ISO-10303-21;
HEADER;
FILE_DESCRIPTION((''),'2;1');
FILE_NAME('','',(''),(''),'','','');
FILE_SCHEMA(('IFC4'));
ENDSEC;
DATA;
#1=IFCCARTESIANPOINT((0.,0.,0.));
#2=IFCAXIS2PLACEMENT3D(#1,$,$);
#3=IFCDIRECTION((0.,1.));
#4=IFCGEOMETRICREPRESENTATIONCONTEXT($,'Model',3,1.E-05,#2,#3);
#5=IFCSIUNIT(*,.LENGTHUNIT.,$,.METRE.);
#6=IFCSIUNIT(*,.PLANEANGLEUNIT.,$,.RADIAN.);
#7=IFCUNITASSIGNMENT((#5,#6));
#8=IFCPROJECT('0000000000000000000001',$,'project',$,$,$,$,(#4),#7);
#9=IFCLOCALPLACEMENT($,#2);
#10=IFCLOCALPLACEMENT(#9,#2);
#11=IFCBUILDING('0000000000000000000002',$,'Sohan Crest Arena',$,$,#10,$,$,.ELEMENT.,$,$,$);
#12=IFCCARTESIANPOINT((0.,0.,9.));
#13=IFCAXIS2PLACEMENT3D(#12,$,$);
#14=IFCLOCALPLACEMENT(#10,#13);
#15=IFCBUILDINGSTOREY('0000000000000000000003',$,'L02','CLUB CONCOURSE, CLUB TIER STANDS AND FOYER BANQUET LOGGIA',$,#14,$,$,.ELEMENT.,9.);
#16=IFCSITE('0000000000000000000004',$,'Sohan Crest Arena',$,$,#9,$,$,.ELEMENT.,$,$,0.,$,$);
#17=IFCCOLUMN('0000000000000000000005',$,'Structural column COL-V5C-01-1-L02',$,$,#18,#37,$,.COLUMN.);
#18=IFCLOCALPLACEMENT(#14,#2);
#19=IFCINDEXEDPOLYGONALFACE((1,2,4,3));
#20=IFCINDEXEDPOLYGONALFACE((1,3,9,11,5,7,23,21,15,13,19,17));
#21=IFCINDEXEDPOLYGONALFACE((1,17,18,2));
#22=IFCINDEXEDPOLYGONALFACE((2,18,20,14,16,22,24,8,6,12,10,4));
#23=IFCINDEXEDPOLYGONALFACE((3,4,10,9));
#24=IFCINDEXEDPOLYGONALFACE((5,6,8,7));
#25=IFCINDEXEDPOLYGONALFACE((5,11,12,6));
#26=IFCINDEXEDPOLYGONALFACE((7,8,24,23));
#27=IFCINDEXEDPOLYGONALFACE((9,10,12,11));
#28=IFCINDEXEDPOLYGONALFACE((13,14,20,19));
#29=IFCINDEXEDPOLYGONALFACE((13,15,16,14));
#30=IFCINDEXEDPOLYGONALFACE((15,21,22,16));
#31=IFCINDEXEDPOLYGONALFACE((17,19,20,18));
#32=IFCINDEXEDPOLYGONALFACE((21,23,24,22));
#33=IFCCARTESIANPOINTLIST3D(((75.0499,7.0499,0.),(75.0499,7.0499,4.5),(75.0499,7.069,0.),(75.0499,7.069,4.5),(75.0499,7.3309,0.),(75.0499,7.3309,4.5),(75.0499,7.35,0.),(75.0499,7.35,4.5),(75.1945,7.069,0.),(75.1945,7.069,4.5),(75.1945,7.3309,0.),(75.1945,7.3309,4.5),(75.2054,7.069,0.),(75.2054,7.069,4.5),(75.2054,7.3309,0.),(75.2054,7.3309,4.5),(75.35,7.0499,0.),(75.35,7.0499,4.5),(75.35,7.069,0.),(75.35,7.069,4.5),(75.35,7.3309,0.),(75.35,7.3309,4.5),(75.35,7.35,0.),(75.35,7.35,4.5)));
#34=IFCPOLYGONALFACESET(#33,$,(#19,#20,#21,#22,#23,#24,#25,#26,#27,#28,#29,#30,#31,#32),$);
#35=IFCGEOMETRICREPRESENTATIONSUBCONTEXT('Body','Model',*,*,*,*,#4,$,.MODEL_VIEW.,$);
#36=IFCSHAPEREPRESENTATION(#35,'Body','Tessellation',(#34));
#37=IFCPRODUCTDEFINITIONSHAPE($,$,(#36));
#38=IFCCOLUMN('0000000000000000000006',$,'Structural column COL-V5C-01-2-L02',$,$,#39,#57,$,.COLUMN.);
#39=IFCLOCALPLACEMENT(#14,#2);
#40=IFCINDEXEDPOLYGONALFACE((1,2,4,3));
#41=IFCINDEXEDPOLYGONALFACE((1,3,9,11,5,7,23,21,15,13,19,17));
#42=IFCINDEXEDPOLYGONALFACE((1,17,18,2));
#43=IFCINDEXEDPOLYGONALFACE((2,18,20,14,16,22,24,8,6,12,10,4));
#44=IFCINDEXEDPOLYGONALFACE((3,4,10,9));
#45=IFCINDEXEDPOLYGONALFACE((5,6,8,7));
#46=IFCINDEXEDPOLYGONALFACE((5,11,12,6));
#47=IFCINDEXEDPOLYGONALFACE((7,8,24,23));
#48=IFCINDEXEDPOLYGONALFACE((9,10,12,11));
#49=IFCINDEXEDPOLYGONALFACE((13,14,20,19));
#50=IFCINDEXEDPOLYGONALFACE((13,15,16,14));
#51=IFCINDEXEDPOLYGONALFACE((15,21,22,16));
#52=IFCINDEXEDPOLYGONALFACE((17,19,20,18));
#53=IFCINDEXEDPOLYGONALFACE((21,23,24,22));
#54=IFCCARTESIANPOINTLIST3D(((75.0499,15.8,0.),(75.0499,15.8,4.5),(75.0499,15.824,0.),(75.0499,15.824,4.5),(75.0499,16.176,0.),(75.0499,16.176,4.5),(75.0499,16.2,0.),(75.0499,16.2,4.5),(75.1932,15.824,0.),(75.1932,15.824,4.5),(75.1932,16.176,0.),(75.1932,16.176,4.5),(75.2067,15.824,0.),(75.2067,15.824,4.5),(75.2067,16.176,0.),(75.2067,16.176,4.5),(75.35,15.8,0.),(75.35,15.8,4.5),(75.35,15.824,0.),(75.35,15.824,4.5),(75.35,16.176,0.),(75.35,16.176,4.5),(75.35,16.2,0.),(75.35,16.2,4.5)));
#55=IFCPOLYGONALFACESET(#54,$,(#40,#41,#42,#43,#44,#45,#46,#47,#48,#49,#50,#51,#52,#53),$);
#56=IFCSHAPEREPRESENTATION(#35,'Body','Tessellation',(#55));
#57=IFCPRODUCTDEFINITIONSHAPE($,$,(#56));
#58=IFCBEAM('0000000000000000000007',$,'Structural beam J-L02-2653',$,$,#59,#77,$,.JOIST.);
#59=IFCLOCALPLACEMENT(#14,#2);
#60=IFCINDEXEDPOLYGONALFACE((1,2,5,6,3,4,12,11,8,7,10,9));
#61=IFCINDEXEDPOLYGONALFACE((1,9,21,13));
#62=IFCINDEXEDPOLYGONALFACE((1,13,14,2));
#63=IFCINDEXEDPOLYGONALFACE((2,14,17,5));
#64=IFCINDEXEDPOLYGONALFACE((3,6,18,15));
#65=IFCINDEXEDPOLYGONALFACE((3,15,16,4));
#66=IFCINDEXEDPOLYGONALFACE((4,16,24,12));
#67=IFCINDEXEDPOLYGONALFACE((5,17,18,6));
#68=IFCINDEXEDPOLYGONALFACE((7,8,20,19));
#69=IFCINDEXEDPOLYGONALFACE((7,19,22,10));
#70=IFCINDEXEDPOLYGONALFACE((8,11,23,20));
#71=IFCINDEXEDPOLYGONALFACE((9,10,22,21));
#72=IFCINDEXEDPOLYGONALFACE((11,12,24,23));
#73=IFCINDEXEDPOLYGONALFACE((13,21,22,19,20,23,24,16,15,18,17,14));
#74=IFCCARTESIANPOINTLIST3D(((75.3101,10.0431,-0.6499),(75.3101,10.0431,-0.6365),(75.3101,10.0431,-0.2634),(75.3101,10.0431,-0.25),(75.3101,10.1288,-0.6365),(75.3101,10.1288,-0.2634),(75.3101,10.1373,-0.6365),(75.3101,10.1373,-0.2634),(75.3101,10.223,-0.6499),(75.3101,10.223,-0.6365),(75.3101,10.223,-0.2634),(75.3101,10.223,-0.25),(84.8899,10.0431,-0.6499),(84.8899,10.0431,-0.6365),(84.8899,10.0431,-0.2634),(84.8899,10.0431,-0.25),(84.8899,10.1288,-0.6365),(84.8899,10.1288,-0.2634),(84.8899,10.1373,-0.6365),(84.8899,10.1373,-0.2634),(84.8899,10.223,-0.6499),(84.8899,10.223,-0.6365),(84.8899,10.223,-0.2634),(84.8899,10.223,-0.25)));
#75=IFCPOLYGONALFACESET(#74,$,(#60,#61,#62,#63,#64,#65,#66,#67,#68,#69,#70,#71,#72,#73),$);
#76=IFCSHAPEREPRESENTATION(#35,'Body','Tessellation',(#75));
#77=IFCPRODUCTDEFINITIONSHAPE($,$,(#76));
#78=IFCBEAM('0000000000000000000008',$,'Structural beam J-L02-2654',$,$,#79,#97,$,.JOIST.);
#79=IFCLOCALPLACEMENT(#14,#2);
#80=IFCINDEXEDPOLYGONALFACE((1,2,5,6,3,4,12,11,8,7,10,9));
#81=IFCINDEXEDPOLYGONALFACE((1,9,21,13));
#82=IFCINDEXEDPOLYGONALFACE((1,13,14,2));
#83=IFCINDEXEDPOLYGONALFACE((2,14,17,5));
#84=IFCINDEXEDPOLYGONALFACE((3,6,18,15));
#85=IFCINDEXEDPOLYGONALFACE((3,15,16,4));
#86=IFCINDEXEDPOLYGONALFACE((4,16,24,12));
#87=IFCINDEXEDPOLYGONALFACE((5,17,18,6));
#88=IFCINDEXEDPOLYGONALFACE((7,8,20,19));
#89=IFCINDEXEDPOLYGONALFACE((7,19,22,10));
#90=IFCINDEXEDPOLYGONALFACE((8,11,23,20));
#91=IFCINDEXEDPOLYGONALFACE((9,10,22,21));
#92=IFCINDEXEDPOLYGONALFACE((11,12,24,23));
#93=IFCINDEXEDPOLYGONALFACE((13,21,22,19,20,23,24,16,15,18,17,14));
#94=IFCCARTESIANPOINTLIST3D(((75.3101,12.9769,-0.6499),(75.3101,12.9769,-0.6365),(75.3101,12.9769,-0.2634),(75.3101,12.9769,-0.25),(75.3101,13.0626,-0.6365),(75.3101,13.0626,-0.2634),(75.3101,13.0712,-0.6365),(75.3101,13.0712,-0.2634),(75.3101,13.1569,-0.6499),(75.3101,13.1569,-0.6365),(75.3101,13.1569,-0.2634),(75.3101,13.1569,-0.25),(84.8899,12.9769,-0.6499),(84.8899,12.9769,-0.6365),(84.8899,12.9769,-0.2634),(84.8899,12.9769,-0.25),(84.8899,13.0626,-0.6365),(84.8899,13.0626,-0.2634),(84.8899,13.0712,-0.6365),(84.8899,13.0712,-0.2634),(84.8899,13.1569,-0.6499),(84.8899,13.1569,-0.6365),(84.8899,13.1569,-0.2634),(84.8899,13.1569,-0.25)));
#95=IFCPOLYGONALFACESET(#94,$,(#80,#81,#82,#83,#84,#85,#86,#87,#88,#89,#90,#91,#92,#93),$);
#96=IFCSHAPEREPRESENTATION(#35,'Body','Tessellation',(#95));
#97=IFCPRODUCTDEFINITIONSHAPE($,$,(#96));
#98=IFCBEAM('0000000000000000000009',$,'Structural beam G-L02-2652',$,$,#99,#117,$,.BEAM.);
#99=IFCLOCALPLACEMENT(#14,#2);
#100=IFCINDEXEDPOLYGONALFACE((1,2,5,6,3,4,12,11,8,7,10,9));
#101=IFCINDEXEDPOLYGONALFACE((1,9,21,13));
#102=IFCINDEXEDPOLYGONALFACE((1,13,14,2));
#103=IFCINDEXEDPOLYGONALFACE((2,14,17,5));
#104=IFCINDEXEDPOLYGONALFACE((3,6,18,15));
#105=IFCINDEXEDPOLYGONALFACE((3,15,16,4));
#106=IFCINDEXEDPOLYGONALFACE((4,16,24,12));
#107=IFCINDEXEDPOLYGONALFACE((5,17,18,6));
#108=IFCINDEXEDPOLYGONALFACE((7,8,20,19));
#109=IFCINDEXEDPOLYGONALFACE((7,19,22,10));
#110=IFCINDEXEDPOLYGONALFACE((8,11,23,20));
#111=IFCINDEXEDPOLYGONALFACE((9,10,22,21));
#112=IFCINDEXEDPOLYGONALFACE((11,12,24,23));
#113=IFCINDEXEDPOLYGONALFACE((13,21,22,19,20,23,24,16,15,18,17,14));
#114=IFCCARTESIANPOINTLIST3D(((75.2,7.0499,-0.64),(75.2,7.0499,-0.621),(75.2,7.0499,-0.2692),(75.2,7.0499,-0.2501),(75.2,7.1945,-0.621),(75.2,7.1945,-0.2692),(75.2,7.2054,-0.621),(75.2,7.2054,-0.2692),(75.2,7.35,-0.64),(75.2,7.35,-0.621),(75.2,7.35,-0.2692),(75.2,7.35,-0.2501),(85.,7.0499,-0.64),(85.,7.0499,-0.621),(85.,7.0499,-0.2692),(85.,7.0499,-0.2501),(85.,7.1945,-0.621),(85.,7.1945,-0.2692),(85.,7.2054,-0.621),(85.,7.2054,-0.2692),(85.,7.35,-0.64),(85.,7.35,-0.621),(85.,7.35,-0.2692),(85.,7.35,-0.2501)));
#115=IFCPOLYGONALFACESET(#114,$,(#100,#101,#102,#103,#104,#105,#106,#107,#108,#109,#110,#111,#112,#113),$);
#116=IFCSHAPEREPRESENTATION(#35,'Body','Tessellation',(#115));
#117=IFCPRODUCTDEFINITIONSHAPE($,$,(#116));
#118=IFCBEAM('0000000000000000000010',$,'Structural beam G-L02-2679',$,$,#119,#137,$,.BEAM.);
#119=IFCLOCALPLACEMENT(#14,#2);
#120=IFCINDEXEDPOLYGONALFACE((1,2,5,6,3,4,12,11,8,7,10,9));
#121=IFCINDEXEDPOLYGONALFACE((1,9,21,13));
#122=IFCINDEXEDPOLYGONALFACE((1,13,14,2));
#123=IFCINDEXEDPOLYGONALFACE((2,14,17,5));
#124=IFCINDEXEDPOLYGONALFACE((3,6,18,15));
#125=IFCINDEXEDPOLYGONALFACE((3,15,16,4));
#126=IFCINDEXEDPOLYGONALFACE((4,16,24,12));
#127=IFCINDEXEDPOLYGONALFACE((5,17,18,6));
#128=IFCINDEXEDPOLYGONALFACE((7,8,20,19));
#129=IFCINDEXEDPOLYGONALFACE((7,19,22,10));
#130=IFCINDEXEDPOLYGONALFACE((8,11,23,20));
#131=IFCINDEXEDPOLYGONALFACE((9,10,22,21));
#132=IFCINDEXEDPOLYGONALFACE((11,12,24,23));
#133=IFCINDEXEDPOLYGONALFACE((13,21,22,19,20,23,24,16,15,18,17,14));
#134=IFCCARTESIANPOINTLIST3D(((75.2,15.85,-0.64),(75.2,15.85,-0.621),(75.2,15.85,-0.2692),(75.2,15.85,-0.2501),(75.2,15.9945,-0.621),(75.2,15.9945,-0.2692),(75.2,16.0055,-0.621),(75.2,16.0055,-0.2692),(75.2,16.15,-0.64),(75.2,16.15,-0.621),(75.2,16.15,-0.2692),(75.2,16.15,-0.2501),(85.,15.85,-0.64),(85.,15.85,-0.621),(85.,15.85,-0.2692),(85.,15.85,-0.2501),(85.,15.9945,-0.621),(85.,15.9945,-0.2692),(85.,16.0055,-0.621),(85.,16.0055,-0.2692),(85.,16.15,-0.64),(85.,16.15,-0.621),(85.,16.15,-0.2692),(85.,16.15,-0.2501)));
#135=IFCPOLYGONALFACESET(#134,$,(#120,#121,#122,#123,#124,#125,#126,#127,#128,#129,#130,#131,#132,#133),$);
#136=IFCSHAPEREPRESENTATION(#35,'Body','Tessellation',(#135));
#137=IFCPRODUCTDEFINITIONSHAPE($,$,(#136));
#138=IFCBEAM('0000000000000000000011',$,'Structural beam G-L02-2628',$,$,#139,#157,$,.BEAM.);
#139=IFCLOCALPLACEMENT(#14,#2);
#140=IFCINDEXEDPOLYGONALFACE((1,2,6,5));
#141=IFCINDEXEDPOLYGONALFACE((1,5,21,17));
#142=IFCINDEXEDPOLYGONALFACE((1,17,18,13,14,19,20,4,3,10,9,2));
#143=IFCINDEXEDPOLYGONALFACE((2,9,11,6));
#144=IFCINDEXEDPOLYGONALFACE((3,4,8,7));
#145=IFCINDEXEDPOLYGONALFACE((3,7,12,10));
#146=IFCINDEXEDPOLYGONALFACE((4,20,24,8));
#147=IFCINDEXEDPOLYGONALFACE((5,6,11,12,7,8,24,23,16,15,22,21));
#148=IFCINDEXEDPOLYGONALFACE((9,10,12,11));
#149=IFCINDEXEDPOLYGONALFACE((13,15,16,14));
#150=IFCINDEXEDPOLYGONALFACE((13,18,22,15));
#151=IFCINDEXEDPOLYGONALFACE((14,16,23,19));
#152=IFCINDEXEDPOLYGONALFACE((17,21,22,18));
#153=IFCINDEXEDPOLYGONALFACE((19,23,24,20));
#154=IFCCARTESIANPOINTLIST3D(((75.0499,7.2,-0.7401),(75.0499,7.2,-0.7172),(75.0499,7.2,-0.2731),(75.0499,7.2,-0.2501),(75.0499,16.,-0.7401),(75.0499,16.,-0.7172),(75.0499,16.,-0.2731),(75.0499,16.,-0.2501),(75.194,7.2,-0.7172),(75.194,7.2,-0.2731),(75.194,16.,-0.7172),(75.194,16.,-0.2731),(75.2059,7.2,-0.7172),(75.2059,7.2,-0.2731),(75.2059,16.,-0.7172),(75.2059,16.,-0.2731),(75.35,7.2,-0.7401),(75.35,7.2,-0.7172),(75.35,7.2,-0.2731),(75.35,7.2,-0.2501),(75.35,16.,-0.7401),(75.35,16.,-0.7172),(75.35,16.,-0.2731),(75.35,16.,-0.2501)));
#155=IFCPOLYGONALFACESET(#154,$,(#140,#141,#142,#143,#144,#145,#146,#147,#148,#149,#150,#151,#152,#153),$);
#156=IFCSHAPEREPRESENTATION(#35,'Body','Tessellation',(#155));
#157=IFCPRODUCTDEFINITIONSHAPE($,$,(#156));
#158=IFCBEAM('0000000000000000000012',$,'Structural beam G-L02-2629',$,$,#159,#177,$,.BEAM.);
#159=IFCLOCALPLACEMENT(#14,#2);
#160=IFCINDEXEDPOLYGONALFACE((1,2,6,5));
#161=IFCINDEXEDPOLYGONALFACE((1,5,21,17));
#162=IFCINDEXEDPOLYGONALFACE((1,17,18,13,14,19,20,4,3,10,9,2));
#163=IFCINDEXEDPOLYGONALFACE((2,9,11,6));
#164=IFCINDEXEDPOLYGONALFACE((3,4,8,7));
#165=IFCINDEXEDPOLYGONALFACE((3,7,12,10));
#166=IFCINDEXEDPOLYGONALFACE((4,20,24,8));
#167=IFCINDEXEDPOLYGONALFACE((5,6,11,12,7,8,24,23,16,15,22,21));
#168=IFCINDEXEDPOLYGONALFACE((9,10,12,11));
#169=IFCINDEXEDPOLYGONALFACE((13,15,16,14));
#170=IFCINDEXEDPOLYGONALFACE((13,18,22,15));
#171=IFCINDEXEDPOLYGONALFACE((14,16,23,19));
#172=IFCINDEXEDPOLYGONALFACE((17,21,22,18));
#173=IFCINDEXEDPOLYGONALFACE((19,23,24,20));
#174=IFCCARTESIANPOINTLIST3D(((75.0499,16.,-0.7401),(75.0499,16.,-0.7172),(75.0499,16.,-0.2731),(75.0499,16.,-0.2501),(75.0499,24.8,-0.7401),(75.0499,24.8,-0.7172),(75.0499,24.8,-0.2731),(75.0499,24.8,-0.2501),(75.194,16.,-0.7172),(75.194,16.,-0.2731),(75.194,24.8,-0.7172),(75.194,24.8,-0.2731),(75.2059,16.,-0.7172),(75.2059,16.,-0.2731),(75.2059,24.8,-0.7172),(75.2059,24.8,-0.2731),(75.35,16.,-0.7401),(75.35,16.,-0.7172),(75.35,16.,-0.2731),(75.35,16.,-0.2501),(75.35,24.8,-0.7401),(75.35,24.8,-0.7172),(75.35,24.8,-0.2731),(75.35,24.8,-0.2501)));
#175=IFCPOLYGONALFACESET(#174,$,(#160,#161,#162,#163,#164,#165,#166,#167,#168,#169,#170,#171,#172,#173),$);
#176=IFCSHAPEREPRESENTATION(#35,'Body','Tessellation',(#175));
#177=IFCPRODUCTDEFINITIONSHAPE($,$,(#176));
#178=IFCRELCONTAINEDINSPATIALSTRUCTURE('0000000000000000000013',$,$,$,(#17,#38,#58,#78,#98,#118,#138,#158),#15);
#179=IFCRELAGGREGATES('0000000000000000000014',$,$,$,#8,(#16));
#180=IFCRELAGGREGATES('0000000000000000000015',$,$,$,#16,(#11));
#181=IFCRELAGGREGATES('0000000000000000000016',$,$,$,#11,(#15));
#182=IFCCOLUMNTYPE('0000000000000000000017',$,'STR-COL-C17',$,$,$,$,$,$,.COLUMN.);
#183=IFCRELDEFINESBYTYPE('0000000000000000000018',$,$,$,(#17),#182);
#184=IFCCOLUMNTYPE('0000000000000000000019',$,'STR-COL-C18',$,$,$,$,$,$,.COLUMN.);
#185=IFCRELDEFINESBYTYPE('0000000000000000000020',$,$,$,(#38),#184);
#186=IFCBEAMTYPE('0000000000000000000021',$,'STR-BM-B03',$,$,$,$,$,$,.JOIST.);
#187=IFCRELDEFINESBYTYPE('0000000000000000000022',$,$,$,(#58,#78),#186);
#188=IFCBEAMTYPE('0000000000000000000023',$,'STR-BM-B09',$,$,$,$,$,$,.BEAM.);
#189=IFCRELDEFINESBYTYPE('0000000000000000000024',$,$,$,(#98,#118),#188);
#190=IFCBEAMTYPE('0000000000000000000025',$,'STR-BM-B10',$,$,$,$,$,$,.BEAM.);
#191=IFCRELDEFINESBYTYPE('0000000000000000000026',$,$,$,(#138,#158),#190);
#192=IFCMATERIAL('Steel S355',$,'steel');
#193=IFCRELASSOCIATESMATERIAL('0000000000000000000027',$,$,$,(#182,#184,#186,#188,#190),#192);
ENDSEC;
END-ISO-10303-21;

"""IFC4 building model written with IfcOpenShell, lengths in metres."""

from ifc_helpers import new_model, si_unit, direction, frame, origin, origin_2d, place, context, subcontext, project, spatial, i_section, extrude, material, material_profile, profile_set, type_object, element, save


model = new_model("IFC4")

# Units and contexts
model_context = context("Model", 3, precision=1e-05, world=origin(), true_north=direction((0.0, 1.0)))
body_context = subcontext(model_context, "Body", "Model", "MODEL_VIEW")
ifc_project = project(units=[si_unit("LENGTHUNIT", "METRE"), si_unit("PLANEANGLEUNIT", "RADIAN")], contexts=[model_context])

# Site, building, storey
site_placement = place(None, origin())
site = spatial("IfcSite", under=ifc_project, at=site_placement, Name="Sohan Crest Arena", CompositionType="ELEMENT", RefElevation=0.0)
building_placement = place(site_placement, origin())
building = spatial("IfcBuilding", under=site, at=building_placement, Name="Sohan Crest Arena", CompositionType="ELEMENT")
storey_placement = place(building_placement, frame((0.0, 0.0, 9.0)))
storey = spatial("IfcBuildingStorey", under=building, at=storey_placement, Name="L02", Description="CLUB CONCOURSE, CLUB TIER STANDS AND FOYER BANQUET LOGGIA", CompositionType="ELEMENT", Elevation=9.0)

# Columns
ifc_material_1 = material(Name="Steel S355", Category="steel")
ifc_material_profile_1 = material_profile(ifc_material_1, i_section(OverallWidth=0.3, OverallDepth=0.3, WebThickness=0.011, FlangeThickness=0.019, at=origin_2d()), Name="HEB 300")
ifc_profile_set_1 = profile_set([ifc_material_profile_1], Name="Steel S355")
column_type_1 = type_object("IfcColumnType", Name="STR-COL-C17", PredefinedType="COLUMN", material=ifc_profile_set_1)
column_1_placement = place(storey_placement, frame((75.2, 7.2, 0.0), z_axis=(0.0, 0.0, 1.0), x_axis=(1.0, 0.0, 0.0)))
element("IfcColumn", 1, at=column_1_placement, inside=storey, type_object=column_type_1, Name="Structural column COL-V5C-01-1-L02", PredefinedType="COLUMN", context=body_context, shape_type="SweptSolid", body=[
    extrude(i_section(OverallWidth=0.3, OverallDepth=0.3, WebThickness=0.011, FlangeThickness=0.019, at=origin_2d()), origin(), (0.0, 0.0, 1.0), 4.5),
])
ifc_material_profile_2 = material_profile(ifc_material_1, i_section(OverallWidth=0.3, OverallDepth=0.3999, WebThickness=0.0134, FlangeThickness=0.0239, at=origin_2d()), Name="HEB 400")
ifc_profile_set_2 = profile_set([ifc_material_profile_2], Name="Steel S355")
column_type_2 = type_object("IfcColumnType", Name="STR-COL-C18", PredefinedType="COLUMN", material=ifc_profile_set_2)
column_2_placement = place(storey_placement, frame((75.2, 16.0, 0.0), z_axis=(0.0, 0.0, 1.0), x_axis=(1.0, 0.0, 0.0)))
element("IfcColumn", 2, at=column_2_placement, inside=storey, type_object=column_type_2, Name="Structural column COL-V5C-01-2-L02", PredefinedType="COLUMN", context=body_context, shape_type="SweptSolid", body=[
    extrude(i_section(OverallWidth=0.3, OverallDepth=0.3999, WebThickness=0.0134, FlangeThickness=0.0239, at=origin_2d()), origin(), (0.0, 0.0, 1.0), 4.5),
])

# Beams
ifc_material_profile_3 = material_profile(ifc_material_1, i_section(OverallWidth=0.1799, OverallDepth=0.3999, WebThickness=0.0085, FlangeThickness=0.0134, at=origin_2d()), Name="IPE 400")
ifc_profile_set_3 = profile_set([ifc_material_profile_3], Name="Steel S355")
beam_type_1 = type_object("IfcBeamType", Name="STR-BM-B03", PredefinedType="JOIST", material=ifc_profile_set_3)
for number, where, z_axis, x_axis, name in (
    (3, (75.3101, 10.1331, -0.45), (1.0, 0.0, 0.0), (0.0, 1.0, 0.0), "Structural beam J-L02-2653"),
    (4, (75.3101, 13.0669, -0.45), (1.0, 0.0, 0.0), (0.0, 1.0, 0.0), "Structural beam J-L02-2654"),
):
    element("IfcBeam", number, at=place(storey_placement, frame(where, z_axis=z_axis, x_axis=x_axis)), inside=storey, type_object=beam_type_1, Name=name, PredefinedType="JOIST", context=body_context, shape_type="SweptSolid", body=[
        extrude(i_section(OverallWidth=0.1799, OverallDepth=0.3999, WebThickness=0.0085, FlangeThickness=0.0134, at=origin_2d()), origin(), (0.0, 0.0, 1.0), 9.5798),
    ])
ifc_material_profile_4 = material_profile(ifc_material_1, i_section(OverallWidth=0.3, OverallDepth=0.3899, WebThickness=0.011, FlangeThickness=0.019, at=origin_2d()), Name="HEA 400")
ifc_profile_set_4 = profile_set([ifc_material_profile_4], Name="Steel S355")
beam_type_2 = type_object("IfcBeamType", Name="STR-BM-B09", PredefinedType="BEAM", material=ifc_profile_set_4)
for number, where, z_axis, x_axis, name in (
    (5, (75.2, 7.2, -0.4451), (1.0, 0.0, 0.0), (0.0, 1.0, 0.0), "Structural beam G-L02-2652"),
    (6, (75.2, 16.0, -0.4451), (1.0, 0.0, 0.0), (0.0, 1.0, 0.0), "Structural beam G-L02-2679"),
):
    element("IfcBeam", number, at=place(storey_placement, frame(where, z_axis=z_axis, x_axis=x_axis)), inside=storey, type_object=beam_type_2, Name=name, PredefinedType="BEAM", context=body_context, shape_type="SweptSolid", body=[
        extrude(i_section(OverallWidth=0.3, OverallDepth=0.3899, WebThickness=0.011, FlangeThickness=0.019, at=origin_2d()), origin(), (0.0, 0.0, 1.0), 9.8),
    ])
ifc_material_profile_5 = material_profile(ifc_material_1, i_section(OverallWidth=0.3, OverallDepth=0.49, WebThickness=0.012, FlangeThickness=0.0229, at=origin_2d()), Name="HEA 500")
ifc_profile_set_5 = profile_set([ifc_material_profile_5], Name="Steel S355")
beam_type_3 = type_object("IfcBeamType", Name="STR-BM-B10", PredefinedType="BEAM", material=ifc_profile_set_5)
for number, where, z_axis, x_axis, name in (
    (7, (75.2, 7.2, -0.4951), (0.0, 1.0, 0.0), (-1.0, 0.0, 0.0), "Structural beam G-L02-2628"),
    (8, (75.2, 16.0, -0.4951), (0.0, 1.0, 0.0), (-1.0, 0.0, 0.0), "Structural beam G-L02-2629"),
):
    element("IfcBeam", number, at=place(storey_placement, frame(where, z_axis=z_axis, x_axis=x_axis)), inside=storey, type_object=beam_type_3, Name=name, PredefinedType="BEAM", context=body_context, shape_type="SweptSolid", body=[
        extrude(i_section(OverallWidth=0.3, OverallDepth=0.49, WebThickness=0.012, FlangeThickness=0.0229, at=origin_2d()), origin(), (0.0, 0.0, 1.0), 8.8),
    ])

save(model, "model.ifc")
